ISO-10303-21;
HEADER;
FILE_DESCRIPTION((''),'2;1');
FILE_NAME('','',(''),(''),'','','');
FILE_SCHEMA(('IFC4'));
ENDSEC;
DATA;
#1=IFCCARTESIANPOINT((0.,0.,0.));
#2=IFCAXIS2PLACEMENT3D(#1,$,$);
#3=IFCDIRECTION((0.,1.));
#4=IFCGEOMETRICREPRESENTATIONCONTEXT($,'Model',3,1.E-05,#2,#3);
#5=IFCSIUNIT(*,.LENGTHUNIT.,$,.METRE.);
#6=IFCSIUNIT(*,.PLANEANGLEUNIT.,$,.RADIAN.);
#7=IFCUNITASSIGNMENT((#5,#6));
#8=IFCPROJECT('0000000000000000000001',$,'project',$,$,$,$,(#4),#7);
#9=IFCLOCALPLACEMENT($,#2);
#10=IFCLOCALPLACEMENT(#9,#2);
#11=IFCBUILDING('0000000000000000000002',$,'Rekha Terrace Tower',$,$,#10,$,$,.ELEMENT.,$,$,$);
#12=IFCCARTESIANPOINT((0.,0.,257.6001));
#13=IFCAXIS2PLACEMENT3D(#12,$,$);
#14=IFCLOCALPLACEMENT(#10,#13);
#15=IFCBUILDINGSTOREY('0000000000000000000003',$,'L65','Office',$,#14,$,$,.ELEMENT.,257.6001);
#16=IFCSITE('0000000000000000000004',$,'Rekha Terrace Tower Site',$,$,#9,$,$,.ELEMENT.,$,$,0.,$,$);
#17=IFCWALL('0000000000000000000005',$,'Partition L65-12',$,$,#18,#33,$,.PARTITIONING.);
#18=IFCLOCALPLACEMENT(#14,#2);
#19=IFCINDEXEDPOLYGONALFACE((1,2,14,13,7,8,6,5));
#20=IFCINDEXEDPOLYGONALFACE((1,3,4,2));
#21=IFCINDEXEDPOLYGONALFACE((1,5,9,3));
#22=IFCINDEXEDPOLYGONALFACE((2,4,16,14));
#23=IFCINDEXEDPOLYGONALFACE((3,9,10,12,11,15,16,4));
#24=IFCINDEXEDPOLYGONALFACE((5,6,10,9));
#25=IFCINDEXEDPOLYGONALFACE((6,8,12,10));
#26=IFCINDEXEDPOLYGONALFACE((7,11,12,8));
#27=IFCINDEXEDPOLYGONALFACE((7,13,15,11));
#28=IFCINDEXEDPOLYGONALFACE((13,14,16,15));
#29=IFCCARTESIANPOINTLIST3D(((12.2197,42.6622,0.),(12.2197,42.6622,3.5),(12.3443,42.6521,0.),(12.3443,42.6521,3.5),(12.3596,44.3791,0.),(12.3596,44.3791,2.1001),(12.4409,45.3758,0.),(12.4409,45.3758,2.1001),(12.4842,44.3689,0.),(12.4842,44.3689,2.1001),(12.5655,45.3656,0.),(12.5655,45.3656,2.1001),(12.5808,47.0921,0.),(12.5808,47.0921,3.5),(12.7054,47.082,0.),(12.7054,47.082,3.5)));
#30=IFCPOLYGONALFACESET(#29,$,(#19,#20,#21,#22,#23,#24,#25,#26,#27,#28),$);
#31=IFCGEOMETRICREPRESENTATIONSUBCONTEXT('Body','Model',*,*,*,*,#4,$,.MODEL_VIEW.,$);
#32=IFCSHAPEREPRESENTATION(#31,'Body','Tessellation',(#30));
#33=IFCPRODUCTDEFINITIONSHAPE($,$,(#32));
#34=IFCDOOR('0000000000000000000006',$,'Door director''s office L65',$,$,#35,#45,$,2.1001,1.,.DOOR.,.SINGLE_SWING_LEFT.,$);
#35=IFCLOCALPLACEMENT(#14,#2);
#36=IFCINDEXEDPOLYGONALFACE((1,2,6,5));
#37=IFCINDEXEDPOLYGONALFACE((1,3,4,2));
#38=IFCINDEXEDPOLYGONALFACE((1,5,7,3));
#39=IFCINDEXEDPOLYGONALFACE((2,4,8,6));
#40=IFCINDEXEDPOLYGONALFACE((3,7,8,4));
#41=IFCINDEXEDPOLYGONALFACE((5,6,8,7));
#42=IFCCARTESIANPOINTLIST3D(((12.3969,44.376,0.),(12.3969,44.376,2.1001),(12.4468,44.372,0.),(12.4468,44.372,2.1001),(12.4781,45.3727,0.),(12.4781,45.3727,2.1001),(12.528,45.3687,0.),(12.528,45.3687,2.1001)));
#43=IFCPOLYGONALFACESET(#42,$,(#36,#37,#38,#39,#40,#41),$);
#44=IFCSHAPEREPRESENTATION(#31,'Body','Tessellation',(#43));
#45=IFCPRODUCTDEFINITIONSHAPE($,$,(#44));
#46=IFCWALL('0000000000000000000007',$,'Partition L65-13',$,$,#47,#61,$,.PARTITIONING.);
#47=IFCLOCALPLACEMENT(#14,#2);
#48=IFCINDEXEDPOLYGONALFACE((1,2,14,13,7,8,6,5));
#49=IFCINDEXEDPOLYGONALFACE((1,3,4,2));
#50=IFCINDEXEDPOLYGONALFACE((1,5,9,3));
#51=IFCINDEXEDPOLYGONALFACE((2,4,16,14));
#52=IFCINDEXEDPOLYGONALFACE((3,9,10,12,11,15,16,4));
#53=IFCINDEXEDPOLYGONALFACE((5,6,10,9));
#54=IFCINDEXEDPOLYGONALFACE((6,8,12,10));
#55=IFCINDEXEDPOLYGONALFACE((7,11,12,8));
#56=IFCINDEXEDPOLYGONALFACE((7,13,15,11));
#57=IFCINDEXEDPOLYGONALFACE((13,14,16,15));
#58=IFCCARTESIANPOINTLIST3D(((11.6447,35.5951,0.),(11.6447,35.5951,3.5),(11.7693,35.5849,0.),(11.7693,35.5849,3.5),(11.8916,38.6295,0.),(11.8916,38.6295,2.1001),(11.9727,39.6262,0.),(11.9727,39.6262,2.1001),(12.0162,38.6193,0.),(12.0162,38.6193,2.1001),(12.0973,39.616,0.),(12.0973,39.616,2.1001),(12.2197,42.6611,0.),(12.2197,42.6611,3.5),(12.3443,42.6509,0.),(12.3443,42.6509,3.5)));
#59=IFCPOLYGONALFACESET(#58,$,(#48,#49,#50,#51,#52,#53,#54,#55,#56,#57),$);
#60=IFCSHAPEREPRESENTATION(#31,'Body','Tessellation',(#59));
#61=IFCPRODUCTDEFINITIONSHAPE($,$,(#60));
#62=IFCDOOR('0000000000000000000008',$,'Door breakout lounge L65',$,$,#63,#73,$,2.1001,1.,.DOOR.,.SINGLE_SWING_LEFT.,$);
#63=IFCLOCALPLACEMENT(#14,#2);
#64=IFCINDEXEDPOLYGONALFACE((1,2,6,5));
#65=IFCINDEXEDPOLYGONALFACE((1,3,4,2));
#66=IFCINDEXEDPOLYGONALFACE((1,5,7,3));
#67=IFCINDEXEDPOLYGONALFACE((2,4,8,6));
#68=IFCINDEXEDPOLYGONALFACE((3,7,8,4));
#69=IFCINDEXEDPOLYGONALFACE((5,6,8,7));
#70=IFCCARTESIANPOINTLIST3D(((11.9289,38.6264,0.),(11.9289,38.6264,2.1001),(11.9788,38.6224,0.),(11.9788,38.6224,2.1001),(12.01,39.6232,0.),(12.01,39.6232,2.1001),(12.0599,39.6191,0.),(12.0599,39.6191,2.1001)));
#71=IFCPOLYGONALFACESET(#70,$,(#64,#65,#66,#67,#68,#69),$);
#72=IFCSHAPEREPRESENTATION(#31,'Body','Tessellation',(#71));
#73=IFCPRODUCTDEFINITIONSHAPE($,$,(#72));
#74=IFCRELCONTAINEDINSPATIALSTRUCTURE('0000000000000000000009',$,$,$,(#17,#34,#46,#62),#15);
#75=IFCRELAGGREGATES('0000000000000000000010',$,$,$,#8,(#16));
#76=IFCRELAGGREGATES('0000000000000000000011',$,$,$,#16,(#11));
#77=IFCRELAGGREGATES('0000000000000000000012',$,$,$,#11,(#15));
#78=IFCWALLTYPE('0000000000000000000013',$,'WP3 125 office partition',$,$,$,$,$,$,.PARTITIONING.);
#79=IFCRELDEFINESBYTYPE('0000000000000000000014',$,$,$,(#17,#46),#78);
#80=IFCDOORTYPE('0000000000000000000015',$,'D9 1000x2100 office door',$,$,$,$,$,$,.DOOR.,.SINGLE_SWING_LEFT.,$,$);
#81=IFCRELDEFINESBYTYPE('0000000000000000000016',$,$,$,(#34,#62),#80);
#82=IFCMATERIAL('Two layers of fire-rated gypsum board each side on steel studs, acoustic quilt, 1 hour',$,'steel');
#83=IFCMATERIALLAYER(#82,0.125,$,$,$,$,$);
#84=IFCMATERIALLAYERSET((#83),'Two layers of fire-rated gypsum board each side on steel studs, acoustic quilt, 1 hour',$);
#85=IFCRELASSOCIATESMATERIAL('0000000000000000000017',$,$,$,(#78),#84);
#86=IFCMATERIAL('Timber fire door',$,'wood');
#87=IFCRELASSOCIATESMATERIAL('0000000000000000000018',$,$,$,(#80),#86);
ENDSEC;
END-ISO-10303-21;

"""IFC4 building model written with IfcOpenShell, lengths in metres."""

from ifc_helpers import new_model, si_unit, direction, frame, frame_2d, origin, place, context, subcontext, project, spatial, rectangle, extrude, material, layer, layer_set, type_object, element, fill, save


model = new_model("IFC4")

# Units and contexts
model_context = context("Model", 3, precision=1e-05, world=origin(), true_north=direction((0.0, 1.0)))
body_context = subcontext(model_context, "Body", "Model", "MODEL_VIEW")
ifc_project = project(units=[si_unit("LENGTHUNIT", "METRE"), si_unit("PLANEANGLEUNIT", "RADIAN")], contexts=[model_context])

# Site, building, storey
site_placement = place(None, origin())
site = spatial("IfcSite", under=ifc_project, at=site_placement, Name="Rekha Terrace Tower Site", CompositionType="ELEMENT", RefElevation=0.0)
building_placement = place(site_placement, origin())
building = spatial("IfcBuilding", under=site, at=building_placement, Name="Rekha Terrace Tower", CompositionType="ELEMENT")
storey_placement = place(building_placement, frame((0.0, 0.0, 257.6001)))
storey = spatial("IfcBuildingStorey", under=building, at=storey_placement, Name="L65", Description="Office", CompositionType="ELEMENT", Elevation=257.6001)

# Shared definitions
ifc_material_1 = material(Name="Two layers of fire-rated gypsum board each side on steel studs, acoustic quilt, 1 hour", Category="steel")
ifc_layer_1 = layer(ifc_material_1, 0.125)
ifc_layer_set_1 = layer_set([ifc_layer_1], Name="Two layers of fire-rated gypsum board each side on steel studs, acoustic quilt, 1 hour")
wall_type = type_object("IfcWallType", Name="WP3 125 office partition", PredefinedType="PARTITIONING", material=ifc_layer_set_1)

# Walls, openings, doors
wall_1_placement = place(storey_placement, frame((12.6431, 47.0869, 0.0), z_axis=(0.0, 0.0, 1.0), x_axis=(-0.081241, -0.996695, 0.0)))
wall_1 = element("IfcWall", 1, at=wall_1_placement, inside=storey, type_object=wall_type, Name="Partition L65-12", PredefinedType="PARTITIONING", context=body_context, shape_type="SweptSolid", body=[
    extrude(rectangle(XDim=4.4446, YDim=0.125, at=frame_2d((2.2222, 0.0))), origin(), (0.0, 0.0, 1.0), 3.5),
])
opening_1_placement = place(wall_1_placement, frame((1.7219, 0.0, 0.0)))
opening_1 = element("IfcOpeningElement", 2, at=opening_1_placement, cuts=wall_1, PredefinedType="OPENING", context=body_context, shape_type="SweptSolid", body=[
    extrude(rectangle(XDim=1.0, YDim=2.1001, at=frame_2d((0.5, 1.05))), frame((0.0, 0.0725, 0.0), z_axis=(0.0, -1.0, 0.0), x_axis=(1.0, 0.0, 0.0)), (0.0, 0.0, 1.0), 0.145),
])
ifc_material_2 = material(Name="Timber fire door", Category="wood")
door_type = type_object("IfcDoorType", Name="D9 1000x2100 office door", OperationType="SINGLE_SWING_LEFT", PredefinedType="DOOR", material=ifc_material_2)
door_1_placement = place(opening_1_placement, origin())
door_1 = element("IfcDoor", 3, at=door_1_placement, inside=storey, type_object=door_type, Name="Door director's office L65", OperationType="SINGLE_SWING_LEFT", OverallHeight=2.1001, OverallWidth=1.0, PredefinedType="DOOR", context=body_context, shape_type="SweptSolid", body=[
    extrude(rectangle(XDim=1.0, YDim=2.1001, at=frame_2d((0.5, 1.05))), frame((0.0, 0.0249, 0.0), z_axis=(0.0, -1.0, 0.0), x_axis=(1.0, 0.0, 0.0)), (0.0, 0.0, 1.0), 0.05),
])
fill(opening_1, door_1)
wall_2_placement = place(storey_placement, frame((12.282, 42.656, 0.0), z_axis=(0.0, 0.0, 1.0), x_axis=(-0.081102, -0.996706, 0.0)))
wall_2 = element("IfcWall", 4, at=wall_2_placement, inside=storey, type_object=wall_type, Name="Partition L65-13", PredefinedType="PARTITIONING", context=body_context, shape_type="SweptSolid", body=[
    extrude(rectangle(XDim=7.0894, YDim=0.125, at=frame_2d((3.5447, 0.0))), origin(), (0.0, 0.0, 1.0), 3.5),
])
opening_2_placement = place(wall_2_placement, frame((3.0449, 0.0, 0.0)))
opening_2 = element("IfcOpeningElement", 5, at=opening_2_placement, cuts=wall_2, PredefinedType="OPENING", context=body_context, shape_type="SweptSolid", body=[
    extrude(rectangle(XDim=1.0, YDim=2.1001, at=frame_2d((0.5, 1.05))), frame((0.0, 0.0725, 0.0), z_axis=(0.0, -1.0, 0.0), x_axis=(1.0, 0.0, 0.0)), (0.0, 0.0, 1.0), 0.145),
])
door_2_placement = place(opening_2_placement, origin())
door_2 = element("IfcDoor", 6, at=door_2_placement, inside=storey, type_object=door_type, Name="Door breakout lounge L65", OperationType="SINGLE_SWING_LEFT", OverallHeight=2.1001, OverallWidth=1.0, PredefinedType="DOOR", context=body_context, shape_type="SweptSolid", body=[
    extrude(rectangle(XDim=1.0, YDim=2.1001, at=frame_2d((0.5, 1.05))), frame((0.0, 0.0249, 0.0), z_axis=(0.0, -1.0, 0.0), x_axis=(1.0, 0.0, 0.0)), (0.0, 0.0, 1.0), 0.05),
])
fill(opening_2, door_2)

save(model, "model.ifc")
